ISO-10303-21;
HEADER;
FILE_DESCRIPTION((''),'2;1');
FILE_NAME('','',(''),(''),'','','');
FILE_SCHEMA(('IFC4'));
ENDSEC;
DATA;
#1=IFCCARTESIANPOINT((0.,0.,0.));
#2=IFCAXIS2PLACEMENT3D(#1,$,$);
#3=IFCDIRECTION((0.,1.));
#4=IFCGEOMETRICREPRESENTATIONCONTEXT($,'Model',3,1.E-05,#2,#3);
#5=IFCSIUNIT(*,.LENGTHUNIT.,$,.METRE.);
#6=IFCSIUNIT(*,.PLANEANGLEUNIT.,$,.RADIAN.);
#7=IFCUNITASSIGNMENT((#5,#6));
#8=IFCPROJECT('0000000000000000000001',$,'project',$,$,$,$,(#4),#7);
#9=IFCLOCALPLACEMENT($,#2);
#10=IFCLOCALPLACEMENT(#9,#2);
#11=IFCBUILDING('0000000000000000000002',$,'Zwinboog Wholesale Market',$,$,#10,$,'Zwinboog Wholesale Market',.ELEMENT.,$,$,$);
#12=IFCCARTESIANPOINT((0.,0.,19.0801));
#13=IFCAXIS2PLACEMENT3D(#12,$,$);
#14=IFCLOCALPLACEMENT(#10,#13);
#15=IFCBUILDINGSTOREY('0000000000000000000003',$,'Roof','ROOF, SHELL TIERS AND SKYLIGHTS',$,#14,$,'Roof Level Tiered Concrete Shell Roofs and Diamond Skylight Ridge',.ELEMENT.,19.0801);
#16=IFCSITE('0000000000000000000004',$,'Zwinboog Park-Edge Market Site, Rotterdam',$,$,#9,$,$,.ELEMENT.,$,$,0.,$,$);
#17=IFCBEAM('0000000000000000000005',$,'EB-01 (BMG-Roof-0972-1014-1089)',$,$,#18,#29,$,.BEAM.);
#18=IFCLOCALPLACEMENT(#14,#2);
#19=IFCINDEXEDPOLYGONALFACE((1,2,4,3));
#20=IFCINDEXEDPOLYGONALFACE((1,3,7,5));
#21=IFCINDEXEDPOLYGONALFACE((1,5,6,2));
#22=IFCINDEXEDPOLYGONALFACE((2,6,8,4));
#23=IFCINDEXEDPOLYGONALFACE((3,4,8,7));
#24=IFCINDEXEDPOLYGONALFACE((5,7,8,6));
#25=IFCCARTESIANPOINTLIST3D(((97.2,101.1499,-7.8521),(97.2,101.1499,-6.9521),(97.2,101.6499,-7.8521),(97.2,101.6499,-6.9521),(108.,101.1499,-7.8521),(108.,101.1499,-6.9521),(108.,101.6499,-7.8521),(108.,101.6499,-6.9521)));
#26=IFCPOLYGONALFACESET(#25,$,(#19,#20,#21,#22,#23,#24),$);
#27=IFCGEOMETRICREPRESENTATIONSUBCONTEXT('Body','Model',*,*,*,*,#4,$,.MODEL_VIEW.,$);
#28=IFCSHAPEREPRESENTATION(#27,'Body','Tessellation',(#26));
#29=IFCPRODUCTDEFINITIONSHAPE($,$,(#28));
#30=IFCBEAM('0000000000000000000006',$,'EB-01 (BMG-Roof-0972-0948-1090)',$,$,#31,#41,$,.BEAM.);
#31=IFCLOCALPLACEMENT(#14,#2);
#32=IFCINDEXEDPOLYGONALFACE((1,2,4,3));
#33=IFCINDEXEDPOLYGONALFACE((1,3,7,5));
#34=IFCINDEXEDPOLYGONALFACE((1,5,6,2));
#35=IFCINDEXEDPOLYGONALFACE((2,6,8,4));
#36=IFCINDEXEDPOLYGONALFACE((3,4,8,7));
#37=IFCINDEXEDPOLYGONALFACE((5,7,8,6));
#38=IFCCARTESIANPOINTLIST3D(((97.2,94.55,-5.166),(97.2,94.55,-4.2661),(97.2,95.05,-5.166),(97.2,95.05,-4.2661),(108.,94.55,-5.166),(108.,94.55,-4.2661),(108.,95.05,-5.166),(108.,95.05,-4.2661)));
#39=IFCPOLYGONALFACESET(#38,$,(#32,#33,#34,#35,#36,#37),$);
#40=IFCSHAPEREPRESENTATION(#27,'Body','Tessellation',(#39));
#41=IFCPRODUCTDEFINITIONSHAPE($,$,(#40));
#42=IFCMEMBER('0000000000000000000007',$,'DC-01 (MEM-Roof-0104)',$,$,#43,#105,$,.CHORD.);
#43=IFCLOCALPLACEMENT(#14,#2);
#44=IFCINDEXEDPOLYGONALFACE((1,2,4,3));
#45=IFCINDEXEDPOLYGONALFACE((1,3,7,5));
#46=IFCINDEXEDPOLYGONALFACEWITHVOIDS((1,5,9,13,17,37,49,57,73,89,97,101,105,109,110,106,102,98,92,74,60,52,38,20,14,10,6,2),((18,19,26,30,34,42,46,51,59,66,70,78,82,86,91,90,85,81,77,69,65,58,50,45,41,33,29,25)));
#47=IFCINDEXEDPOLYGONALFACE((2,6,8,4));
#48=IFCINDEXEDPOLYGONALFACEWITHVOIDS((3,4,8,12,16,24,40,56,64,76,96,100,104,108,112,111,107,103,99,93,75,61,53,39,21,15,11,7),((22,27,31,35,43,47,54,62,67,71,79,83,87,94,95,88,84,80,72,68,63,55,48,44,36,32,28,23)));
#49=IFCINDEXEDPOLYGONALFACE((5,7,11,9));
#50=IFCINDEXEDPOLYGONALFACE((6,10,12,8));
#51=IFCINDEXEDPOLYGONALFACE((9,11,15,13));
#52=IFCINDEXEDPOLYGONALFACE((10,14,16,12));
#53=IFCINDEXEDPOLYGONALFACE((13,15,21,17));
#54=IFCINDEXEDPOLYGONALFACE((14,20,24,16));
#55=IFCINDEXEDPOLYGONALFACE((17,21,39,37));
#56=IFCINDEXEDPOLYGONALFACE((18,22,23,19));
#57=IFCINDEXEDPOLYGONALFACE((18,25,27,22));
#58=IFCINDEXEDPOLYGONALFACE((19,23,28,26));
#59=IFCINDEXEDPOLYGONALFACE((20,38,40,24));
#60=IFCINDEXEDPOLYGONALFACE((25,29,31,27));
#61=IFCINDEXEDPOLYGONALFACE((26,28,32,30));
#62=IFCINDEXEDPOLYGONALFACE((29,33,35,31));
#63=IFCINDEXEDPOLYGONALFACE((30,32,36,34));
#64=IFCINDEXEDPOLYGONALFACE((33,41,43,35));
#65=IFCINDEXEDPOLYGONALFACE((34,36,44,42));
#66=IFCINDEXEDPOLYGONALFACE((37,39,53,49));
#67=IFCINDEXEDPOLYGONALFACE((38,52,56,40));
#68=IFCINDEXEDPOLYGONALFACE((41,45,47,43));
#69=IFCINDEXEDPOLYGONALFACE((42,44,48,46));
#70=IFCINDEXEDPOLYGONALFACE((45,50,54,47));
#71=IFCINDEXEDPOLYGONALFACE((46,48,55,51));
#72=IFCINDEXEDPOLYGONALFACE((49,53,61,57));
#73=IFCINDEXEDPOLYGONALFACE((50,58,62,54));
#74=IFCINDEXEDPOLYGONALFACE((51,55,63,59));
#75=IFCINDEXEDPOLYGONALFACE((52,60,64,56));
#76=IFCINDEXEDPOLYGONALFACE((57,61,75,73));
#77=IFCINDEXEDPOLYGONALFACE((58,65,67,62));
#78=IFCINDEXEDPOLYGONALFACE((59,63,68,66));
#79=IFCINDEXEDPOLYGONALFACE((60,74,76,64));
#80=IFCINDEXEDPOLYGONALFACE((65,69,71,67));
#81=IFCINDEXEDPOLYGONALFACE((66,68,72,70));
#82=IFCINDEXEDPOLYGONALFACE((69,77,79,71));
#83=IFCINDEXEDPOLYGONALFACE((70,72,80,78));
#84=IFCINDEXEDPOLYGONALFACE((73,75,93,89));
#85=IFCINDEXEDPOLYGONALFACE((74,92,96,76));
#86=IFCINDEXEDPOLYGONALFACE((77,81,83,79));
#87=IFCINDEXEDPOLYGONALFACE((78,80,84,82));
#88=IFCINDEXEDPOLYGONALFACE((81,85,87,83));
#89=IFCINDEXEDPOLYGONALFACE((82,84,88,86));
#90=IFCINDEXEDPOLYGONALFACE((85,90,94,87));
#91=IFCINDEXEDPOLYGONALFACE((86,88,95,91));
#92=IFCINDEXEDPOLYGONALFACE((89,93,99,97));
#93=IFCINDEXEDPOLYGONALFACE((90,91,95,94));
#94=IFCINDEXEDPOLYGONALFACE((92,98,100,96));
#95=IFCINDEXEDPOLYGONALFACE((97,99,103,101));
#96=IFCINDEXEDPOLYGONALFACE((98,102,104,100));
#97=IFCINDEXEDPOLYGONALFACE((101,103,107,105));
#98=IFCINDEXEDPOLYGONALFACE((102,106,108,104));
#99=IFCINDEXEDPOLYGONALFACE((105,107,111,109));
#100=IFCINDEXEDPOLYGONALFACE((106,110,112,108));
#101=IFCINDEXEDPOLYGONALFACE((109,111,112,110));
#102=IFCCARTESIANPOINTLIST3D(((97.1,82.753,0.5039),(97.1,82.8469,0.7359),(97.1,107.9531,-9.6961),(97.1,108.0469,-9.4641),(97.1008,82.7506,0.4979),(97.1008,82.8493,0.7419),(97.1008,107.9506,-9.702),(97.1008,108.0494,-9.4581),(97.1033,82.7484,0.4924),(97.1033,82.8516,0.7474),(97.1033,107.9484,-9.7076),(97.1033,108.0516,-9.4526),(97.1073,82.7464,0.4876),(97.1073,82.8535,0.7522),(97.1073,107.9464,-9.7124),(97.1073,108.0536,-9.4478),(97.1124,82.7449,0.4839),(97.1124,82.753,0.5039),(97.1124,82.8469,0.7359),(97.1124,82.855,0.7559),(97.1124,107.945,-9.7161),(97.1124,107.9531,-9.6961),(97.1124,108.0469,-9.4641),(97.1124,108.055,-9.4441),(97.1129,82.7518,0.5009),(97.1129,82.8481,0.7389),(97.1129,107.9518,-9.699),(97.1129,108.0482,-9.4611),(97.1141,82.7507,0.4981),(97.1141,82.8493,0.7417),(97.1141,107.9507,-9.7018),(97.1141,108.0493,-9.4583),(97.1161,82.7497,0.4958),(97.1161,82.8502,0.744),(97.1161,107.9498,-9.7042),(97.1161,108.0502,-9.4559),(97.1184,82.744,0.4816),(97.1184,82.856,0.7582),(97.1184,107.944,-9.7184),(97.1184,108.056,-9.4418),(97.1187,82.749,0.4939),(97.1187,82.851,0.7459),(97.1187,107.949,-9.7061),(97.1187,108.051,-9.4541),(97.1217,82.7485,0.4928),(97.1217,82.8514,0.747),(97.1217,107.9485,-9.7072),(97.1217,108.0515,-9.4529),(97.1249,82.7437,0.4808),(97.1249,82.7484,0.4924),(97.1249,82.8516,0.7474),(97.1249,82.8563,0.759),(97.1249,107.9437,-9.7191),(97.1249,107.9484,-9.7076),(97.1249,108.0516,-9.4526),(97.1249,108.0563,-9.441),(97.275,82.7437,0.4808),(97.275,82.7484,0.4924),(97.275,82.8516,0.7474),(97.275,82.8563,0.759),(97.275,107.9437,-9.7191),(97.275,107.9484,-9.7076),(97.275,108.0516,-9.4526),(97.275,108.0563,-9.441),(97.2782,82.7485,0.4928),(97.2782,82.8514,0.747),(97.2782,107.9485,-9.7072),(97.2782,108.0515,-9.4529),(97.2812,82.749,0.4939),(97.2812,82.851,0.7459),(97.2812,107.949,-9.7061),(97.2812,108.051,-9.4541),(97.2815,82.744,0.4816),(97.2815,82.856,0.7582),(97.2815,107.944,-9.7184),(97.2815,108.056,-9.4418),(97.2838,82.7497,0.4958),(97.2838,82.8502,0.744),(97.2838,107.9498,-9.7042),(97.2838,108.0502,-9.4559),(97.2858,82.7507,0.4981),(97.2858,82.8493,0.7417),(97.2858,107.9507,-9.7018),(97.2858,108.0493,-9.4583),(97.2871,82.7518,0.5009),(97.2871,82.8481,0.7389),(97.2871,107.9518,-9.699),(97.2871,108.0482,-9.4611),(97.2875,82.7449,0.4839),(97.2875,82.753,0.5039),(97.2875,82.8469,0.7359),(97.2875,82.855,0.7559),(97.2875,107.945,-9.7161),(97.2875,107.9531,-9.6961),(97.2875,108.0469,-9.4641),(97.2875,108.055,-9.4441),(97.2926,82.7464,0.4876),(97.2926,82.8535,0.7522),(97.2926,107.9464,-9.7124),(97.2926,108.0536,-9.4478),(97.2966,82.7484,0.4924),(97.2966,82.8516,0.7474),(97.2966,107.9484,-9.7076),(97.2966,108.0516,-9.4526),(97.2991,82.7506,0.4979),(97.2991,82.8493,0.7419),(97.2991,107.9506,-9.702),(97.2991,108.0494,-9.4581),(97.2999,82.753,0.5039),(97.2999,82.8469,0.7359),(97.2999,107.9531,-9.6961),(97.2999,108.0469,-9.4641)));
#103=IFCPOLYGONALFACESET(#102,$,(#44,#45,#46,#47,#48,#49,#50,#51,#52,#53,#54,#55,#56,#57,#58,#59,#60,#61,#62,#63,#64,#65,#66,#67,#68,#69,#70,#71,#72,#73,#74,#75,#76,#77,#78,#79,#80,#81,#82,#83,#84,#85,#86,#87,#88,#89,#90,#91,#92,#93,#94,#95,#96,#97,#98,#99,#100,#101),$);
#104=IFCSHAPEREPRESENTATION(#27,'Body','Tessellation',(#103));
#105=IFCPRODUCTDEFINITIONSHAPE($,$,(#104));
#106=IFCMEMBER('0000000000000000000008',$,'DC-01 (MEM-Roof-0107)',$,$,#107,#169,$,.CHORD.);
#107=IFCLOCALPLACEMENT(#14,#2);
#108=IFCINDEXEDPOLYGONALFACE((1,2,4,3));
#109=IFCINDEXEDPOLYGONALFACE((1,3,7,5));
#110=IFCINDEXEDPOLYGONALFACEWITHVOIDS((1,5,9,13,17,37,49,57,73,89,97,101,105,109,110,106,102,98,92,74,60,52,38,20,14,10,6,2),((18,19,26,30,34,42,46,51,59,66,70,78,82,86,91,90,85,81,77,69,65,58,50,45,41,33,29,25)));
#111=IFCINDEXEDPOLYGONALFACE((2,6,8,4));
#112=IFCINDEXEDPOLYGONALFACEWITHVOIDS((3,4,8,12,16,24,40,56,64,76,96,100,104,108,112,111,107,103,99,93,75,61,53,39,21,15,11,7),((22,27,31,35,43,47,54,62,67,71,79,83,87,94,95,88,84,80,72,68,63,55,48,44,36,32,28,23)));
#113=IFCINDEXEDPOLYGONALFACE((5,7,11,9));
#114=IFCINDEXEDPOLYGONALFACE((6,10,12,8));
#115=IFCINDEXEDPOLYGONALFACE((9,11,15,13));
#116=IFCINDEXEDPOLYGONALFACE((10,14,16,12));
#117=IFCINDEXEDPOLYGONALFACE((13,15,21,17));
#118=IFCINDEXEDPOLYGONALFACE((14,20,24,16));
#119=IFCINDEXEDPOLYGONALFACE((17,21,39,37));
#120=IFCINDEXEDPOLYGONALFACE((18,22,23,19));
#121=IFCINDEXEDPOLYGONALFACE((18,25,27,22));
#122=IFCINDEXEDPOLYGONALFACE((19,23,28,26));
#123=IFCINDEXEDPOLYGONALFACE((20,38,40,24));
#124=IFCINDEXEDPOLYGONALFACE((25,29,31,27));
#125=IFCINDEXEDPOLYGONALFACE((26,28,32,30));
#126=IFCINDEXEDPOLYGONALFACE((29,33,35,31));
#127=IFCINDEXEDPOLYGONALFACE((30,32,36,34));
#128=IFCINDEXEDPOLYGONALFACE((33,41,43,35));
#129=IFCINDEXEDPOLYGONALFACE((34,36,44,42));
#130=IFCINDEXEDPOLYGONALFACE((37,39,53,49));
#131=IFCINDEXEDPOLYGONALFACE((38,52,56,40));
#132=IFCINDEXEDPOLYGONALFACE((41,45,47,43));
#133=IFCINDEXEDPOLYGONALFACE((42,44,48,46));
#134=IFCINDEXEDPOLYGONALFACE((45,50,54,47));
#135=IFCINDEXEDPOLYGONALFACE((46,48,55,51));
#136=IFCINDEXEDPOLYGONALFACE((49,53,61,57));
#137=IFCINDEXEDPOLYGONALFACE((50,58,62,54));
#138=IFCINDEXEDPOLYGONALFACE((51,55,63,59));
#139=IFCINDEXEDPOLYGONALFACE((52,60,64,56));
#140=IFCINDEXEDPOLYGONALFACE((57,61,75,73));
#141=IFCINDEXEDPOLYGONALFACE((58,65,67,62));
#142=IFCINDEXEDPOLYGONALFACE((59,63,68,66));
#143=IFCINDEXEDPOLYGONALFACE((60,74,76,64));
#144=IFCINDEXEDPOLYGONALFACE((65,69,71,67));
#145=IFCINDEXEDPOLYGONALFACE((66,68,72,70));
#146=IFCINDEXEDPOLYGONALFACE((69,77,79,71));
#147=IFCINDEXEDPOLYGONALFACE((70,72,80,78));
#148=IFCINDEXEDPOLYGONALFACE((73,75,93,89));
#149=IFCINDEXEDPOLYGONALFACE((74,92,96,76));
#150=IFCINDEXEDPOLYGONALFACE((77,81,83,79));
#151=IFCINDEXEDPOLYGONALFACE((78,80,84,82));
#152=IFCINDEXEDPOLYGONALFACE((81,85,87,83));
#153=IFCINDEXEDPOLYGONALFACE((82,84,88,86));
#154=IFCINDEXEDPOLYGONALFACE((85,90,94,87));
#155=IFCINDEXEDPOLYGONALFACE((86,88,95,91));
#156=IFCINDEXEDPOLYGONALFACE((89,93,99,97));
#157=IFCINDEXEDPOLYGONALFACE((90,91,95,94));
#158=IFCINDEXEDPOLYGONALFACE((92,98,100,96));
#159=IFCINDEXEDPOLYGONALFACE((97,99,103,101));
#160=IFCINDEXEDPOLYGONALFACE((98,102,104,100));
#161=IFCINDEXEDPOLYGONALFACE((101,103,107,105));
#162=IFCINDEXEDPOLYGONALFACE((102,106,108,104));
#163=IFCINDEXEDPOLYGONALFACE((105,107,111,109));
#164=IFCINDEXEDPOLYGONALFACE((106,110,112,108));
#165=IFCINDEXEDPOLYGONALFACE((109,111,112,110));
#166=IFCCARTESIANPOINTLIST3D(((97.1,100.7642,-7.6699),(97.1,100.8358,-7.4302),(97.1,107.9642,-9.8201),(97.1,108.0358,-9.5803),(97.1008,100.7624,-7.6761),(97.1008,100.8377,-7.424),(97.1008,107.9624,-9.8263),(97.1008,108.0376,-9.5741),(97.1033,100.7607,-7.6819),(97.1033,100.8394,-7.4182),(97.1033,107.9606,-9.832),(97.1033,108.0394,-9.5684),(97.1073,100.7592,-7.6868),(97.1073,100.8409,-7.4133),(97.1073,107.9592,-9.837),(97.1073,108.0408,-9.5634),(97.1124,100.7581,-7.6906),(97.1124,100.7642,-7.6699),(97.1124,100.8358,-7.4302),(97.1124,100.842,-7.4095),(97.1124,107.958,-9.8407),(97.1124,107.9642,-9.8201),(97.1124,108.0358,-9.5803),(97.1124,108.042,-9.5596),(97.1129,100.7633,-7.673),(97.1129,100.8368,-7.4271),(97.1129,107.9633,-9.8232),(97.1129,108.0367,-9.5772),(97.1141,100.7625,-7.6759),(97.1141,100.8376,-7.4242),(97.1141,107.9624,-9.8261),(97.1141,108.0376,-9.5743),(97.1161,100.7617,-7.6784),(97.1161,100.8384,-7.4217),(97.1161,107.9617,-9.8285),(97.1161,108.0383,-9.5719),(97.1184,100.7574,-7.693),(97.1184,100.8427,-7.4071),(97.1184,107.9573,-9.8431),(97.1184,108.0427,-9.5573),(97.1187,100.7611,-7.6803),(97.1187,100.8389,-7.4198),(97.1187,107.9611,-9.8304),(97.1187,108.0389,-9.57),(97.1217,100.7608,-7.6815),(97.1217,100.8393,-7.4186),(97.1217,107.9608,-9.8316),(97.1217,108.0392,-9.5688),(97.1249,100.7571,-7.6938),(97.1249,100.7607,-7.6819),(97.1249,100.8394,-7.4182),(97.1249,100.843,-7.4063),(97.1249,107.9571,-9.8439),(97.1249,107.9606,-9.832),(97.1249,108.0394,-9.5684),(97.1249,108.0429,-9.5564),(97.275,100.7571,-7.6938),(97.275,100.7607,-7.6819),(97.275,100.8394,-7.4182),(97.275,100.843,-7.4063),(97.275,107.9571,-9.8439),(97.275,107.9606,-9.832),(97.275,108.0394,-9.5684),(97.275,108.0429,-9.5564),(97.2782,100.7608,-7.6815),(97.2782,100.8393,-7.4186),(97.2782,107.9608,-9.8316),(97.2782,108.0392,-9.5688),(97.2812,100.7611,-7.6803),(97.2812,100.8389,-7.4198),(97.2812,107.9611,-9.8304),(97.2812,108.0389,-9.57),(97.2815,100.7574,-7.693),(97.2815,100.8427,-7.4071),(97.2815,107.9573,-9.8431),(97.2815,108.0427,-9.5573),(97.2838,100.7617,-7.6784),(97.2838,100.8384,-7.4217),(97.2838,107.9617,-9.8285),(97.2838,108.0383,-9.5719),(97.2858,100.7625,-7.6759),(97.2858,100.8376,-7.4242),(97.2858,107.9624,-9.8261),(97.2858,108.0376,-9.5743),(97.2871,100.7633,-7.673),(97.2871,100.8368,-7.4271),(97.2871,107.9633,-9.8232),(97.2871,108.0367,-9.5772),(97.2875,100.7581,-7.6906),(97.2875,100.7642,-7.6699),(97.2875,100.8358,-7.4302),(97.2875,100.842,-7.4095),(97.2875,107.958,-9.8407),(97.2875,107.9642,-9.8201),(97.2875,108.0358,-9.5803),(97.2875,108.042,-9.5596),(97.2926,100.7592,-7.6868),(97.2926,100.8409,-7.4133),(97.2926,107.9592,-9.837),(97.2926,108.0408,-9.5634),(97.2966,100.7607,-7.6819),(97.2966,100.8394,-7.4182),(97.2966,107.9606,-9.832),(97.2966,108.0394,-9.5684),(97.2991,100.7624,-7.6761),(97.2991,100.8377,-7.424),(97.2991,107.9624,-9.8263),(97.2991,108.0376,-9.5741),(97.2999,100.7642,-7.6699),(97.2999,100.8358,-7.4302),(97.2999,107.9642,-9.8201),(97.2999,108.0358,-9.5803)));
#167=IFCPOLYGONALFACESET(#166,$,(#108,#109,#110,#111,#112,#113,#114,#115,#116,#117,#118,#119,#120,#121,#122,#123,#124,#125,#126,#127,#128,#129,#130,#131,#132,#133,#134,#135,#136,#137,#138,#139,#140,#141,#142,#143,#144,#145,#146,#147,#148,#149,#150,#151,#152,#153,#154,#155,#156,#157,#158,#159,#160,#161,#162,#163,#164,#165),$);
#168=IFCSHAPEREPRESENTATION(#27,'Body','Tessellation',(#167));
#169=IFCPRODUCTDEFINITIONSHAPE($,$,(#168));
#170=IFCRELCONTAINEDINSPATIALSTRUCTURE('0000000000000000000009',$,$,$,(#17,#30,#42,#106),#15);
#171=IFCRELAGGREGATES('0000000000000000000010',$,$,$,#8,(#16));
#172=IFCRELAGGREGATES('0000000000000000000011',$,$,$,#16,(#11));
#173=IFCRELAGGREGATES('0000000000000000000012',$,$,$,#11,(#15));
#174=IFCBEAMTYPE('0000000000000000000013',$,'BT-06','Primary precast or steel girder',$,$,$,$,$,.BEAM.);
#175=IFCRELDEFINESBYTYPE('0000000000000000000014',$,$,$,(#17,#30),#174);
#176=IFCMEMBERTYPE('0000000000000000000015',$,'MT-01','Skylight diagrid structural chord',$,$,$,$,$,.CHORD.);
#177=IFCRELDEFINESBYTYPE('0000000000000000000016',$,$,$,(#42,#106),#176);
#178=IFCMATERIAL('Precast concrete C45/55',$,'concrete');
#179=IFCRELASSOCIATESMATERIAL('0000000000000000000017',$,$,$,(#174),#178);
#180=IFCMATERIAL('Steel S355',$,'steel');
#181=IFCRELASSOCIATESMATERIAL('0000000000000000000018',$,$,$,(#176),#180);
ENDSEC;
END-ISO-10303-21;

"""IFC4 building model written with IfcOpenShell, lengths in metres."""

from ifc_helpers import new_model, si_unit, direction, frame, origin, origin_2d, place, context, subcontext, project, spatial, rectangle, hollow_rectangle, extrude, material, material_profile, profile_set, type_object, element, save


model = new_model("IFC4")

# Units and contexts
model_context = context("Model", 3, precision=1e-05, world=origin(), true_north=direction((0.0, 1.0)))
body_context = subcontext(model_context, "Body", "Model", "MODEL_VIEW")
ifc_project = project(units=[si_unit("LENGTHUNIT", "METRE"), si_unit("PLANEANGLEUNIT", "RADIAN")], contexts=[model_context])

# Site, building, storey
site_placement = place(None, origin())
site = spatial("IfcSite", under=ifc_project, at=site_placement, Name="Zwinboog Park-Edge Market Site, Rotterdam", CompositionType="ELEMENT", RefElevation=0.0)
building_placement = place(site_placement, origin())
building = spatial("IfcBuilding", under=site, at=building_placement, Name="Zwinboog Wholesale Market", LongName="Zwinboog Wholesale Market", CompositionType="ELEMENT")
storey_placement = place(building_placement, frame((0.0, 0.0, 19.0801)))
storey = spatial("IfcBuildingStorey", under=building, at=storey_placement, Name="Roof", Description="ROOF, SHELL TIERS AND SKYLIGHTS", LongName="Roof Level Tiered Concrete Shell Roofs and Diamond Skylight Ridge", CompositionType="ELEMENT", Elevation=19.0801)

# Beams
ifc_material_1 = material(Name="Precast concrete C45/55", Category="concrete")
ifc_material_profile_1 = material_profile(ifc_material_1, rectangle(XDim=0.5, YDim=0.8999, at=origin_2d()), Name="PC 500x900")
ifc_profile_set_1 = profile_set([ifc_material_profile_1], Name="Precast concrete C45/55")
beam_type = type_object("IfcBeamType", Name="BT-06", Description="Primary precast or steel girder", PredefinedType="BEAM", material=ifc_profile_set_1)
for number, where, z_axis, x_axis, name in (
    (1, (97.2, 101.3999, -7.4021), (1.0, 0.0, 0.0), (0.0, 1.0, 0.0), "EB-01 (BMG-Roof-0972-1014-1089)"),
    (2, (97.2, 94.8, -4.7161), (1.0, 0.0, 0.0), (0.0, 1.0, 0.0), "EB-01 (BMG-Roof-0972-0948-1090)"),
):
    element("IfcBeam", number, at=place(storey_placement, frame(where, z_axis=z_axis, x_axis=x_axis)), inside=storey, type_object=beam_type, Name=name, PredefinedType="BEAM", context=body_context, shape_type="SweptSolid", body=[
        extrude(rectangle(XDim=0.5, YDim=0.8999, at=origin_2d()), origin(), (0.0, 0.0, 1.0), 10.8),
    ])

# Members
ifc_material_2 = material(Name="Steel S355", Category="steel")
ifc_material_profile_2 = material_profile(ifc_material_2, hollow_rectangle(XDim=0.2, YDim=0.3, WallThickness=0.0125, InnerFilletRadius=0.0125, OuterFilletRadius=0.0249, at=origin_2d()), Name="RHS 300x200x12.5")
ifc_profile_set_2 = profile_set([ifc_material_profile_2], Name="Steel S355")
member_type_1 = type_object("IfcMemberType", Name="MT-01", Description="Skylight diagrid structural chord", PredefinedType="CHORD", material=ifc_profile_set_2)
member_1_placement = place(storey_placement, frame((97.2, 108.0, -9.5801), z_axis=(0.0, -0.926947, 0.375192), x_axis=(1.0, 0.0, 0.0)))
element("IfcMember", 3, at=member_1_placement, inside=storey, type_object=member_type_1, Name="DC-01 (MEM-Roof-0104)", PredefinedType="CHORD", context=body_context, shape_type="SweptSolid", body=[
    extrude(hollow_rectangle(XDim=0.2, YDim=0.3, WallThickness=0.0125, InnerFilletRadius=0.0125, OuterFilletRadius=0.0249, at=origin_2d()), origin(), (0.0, 0.0, 1.0), 27.186),
])
for number, where, z_axis, x_axis, name in (
    (4, (97.2, 108.0, -9.7002), (0.0, -0.958186, 0.286146), (1.0, 0.0, 0.0), "DC-01 (MEM-Roof-0107)"),
):
    element("IfcMember", number, at=place(storey_placement, frame(where, z_axis=z_axis, x_axis=x_axis)), inside=storey, type_object=member_type_1, Name=name, PredefinedType="CHORD", context=body_context, shape_type="SweptSolid", body=[
        extrude(hollow_rectangle(XDim=0.2, YDim=0.3, WallThickness=0.0125, InnerFilletRadius=0.0125, OuterFilletRadius=0.0249, at=origin_2d()), origin(), (0.0, 0.0, 1.0), 7.5142),
    ])

save(model, "model.ifc")
